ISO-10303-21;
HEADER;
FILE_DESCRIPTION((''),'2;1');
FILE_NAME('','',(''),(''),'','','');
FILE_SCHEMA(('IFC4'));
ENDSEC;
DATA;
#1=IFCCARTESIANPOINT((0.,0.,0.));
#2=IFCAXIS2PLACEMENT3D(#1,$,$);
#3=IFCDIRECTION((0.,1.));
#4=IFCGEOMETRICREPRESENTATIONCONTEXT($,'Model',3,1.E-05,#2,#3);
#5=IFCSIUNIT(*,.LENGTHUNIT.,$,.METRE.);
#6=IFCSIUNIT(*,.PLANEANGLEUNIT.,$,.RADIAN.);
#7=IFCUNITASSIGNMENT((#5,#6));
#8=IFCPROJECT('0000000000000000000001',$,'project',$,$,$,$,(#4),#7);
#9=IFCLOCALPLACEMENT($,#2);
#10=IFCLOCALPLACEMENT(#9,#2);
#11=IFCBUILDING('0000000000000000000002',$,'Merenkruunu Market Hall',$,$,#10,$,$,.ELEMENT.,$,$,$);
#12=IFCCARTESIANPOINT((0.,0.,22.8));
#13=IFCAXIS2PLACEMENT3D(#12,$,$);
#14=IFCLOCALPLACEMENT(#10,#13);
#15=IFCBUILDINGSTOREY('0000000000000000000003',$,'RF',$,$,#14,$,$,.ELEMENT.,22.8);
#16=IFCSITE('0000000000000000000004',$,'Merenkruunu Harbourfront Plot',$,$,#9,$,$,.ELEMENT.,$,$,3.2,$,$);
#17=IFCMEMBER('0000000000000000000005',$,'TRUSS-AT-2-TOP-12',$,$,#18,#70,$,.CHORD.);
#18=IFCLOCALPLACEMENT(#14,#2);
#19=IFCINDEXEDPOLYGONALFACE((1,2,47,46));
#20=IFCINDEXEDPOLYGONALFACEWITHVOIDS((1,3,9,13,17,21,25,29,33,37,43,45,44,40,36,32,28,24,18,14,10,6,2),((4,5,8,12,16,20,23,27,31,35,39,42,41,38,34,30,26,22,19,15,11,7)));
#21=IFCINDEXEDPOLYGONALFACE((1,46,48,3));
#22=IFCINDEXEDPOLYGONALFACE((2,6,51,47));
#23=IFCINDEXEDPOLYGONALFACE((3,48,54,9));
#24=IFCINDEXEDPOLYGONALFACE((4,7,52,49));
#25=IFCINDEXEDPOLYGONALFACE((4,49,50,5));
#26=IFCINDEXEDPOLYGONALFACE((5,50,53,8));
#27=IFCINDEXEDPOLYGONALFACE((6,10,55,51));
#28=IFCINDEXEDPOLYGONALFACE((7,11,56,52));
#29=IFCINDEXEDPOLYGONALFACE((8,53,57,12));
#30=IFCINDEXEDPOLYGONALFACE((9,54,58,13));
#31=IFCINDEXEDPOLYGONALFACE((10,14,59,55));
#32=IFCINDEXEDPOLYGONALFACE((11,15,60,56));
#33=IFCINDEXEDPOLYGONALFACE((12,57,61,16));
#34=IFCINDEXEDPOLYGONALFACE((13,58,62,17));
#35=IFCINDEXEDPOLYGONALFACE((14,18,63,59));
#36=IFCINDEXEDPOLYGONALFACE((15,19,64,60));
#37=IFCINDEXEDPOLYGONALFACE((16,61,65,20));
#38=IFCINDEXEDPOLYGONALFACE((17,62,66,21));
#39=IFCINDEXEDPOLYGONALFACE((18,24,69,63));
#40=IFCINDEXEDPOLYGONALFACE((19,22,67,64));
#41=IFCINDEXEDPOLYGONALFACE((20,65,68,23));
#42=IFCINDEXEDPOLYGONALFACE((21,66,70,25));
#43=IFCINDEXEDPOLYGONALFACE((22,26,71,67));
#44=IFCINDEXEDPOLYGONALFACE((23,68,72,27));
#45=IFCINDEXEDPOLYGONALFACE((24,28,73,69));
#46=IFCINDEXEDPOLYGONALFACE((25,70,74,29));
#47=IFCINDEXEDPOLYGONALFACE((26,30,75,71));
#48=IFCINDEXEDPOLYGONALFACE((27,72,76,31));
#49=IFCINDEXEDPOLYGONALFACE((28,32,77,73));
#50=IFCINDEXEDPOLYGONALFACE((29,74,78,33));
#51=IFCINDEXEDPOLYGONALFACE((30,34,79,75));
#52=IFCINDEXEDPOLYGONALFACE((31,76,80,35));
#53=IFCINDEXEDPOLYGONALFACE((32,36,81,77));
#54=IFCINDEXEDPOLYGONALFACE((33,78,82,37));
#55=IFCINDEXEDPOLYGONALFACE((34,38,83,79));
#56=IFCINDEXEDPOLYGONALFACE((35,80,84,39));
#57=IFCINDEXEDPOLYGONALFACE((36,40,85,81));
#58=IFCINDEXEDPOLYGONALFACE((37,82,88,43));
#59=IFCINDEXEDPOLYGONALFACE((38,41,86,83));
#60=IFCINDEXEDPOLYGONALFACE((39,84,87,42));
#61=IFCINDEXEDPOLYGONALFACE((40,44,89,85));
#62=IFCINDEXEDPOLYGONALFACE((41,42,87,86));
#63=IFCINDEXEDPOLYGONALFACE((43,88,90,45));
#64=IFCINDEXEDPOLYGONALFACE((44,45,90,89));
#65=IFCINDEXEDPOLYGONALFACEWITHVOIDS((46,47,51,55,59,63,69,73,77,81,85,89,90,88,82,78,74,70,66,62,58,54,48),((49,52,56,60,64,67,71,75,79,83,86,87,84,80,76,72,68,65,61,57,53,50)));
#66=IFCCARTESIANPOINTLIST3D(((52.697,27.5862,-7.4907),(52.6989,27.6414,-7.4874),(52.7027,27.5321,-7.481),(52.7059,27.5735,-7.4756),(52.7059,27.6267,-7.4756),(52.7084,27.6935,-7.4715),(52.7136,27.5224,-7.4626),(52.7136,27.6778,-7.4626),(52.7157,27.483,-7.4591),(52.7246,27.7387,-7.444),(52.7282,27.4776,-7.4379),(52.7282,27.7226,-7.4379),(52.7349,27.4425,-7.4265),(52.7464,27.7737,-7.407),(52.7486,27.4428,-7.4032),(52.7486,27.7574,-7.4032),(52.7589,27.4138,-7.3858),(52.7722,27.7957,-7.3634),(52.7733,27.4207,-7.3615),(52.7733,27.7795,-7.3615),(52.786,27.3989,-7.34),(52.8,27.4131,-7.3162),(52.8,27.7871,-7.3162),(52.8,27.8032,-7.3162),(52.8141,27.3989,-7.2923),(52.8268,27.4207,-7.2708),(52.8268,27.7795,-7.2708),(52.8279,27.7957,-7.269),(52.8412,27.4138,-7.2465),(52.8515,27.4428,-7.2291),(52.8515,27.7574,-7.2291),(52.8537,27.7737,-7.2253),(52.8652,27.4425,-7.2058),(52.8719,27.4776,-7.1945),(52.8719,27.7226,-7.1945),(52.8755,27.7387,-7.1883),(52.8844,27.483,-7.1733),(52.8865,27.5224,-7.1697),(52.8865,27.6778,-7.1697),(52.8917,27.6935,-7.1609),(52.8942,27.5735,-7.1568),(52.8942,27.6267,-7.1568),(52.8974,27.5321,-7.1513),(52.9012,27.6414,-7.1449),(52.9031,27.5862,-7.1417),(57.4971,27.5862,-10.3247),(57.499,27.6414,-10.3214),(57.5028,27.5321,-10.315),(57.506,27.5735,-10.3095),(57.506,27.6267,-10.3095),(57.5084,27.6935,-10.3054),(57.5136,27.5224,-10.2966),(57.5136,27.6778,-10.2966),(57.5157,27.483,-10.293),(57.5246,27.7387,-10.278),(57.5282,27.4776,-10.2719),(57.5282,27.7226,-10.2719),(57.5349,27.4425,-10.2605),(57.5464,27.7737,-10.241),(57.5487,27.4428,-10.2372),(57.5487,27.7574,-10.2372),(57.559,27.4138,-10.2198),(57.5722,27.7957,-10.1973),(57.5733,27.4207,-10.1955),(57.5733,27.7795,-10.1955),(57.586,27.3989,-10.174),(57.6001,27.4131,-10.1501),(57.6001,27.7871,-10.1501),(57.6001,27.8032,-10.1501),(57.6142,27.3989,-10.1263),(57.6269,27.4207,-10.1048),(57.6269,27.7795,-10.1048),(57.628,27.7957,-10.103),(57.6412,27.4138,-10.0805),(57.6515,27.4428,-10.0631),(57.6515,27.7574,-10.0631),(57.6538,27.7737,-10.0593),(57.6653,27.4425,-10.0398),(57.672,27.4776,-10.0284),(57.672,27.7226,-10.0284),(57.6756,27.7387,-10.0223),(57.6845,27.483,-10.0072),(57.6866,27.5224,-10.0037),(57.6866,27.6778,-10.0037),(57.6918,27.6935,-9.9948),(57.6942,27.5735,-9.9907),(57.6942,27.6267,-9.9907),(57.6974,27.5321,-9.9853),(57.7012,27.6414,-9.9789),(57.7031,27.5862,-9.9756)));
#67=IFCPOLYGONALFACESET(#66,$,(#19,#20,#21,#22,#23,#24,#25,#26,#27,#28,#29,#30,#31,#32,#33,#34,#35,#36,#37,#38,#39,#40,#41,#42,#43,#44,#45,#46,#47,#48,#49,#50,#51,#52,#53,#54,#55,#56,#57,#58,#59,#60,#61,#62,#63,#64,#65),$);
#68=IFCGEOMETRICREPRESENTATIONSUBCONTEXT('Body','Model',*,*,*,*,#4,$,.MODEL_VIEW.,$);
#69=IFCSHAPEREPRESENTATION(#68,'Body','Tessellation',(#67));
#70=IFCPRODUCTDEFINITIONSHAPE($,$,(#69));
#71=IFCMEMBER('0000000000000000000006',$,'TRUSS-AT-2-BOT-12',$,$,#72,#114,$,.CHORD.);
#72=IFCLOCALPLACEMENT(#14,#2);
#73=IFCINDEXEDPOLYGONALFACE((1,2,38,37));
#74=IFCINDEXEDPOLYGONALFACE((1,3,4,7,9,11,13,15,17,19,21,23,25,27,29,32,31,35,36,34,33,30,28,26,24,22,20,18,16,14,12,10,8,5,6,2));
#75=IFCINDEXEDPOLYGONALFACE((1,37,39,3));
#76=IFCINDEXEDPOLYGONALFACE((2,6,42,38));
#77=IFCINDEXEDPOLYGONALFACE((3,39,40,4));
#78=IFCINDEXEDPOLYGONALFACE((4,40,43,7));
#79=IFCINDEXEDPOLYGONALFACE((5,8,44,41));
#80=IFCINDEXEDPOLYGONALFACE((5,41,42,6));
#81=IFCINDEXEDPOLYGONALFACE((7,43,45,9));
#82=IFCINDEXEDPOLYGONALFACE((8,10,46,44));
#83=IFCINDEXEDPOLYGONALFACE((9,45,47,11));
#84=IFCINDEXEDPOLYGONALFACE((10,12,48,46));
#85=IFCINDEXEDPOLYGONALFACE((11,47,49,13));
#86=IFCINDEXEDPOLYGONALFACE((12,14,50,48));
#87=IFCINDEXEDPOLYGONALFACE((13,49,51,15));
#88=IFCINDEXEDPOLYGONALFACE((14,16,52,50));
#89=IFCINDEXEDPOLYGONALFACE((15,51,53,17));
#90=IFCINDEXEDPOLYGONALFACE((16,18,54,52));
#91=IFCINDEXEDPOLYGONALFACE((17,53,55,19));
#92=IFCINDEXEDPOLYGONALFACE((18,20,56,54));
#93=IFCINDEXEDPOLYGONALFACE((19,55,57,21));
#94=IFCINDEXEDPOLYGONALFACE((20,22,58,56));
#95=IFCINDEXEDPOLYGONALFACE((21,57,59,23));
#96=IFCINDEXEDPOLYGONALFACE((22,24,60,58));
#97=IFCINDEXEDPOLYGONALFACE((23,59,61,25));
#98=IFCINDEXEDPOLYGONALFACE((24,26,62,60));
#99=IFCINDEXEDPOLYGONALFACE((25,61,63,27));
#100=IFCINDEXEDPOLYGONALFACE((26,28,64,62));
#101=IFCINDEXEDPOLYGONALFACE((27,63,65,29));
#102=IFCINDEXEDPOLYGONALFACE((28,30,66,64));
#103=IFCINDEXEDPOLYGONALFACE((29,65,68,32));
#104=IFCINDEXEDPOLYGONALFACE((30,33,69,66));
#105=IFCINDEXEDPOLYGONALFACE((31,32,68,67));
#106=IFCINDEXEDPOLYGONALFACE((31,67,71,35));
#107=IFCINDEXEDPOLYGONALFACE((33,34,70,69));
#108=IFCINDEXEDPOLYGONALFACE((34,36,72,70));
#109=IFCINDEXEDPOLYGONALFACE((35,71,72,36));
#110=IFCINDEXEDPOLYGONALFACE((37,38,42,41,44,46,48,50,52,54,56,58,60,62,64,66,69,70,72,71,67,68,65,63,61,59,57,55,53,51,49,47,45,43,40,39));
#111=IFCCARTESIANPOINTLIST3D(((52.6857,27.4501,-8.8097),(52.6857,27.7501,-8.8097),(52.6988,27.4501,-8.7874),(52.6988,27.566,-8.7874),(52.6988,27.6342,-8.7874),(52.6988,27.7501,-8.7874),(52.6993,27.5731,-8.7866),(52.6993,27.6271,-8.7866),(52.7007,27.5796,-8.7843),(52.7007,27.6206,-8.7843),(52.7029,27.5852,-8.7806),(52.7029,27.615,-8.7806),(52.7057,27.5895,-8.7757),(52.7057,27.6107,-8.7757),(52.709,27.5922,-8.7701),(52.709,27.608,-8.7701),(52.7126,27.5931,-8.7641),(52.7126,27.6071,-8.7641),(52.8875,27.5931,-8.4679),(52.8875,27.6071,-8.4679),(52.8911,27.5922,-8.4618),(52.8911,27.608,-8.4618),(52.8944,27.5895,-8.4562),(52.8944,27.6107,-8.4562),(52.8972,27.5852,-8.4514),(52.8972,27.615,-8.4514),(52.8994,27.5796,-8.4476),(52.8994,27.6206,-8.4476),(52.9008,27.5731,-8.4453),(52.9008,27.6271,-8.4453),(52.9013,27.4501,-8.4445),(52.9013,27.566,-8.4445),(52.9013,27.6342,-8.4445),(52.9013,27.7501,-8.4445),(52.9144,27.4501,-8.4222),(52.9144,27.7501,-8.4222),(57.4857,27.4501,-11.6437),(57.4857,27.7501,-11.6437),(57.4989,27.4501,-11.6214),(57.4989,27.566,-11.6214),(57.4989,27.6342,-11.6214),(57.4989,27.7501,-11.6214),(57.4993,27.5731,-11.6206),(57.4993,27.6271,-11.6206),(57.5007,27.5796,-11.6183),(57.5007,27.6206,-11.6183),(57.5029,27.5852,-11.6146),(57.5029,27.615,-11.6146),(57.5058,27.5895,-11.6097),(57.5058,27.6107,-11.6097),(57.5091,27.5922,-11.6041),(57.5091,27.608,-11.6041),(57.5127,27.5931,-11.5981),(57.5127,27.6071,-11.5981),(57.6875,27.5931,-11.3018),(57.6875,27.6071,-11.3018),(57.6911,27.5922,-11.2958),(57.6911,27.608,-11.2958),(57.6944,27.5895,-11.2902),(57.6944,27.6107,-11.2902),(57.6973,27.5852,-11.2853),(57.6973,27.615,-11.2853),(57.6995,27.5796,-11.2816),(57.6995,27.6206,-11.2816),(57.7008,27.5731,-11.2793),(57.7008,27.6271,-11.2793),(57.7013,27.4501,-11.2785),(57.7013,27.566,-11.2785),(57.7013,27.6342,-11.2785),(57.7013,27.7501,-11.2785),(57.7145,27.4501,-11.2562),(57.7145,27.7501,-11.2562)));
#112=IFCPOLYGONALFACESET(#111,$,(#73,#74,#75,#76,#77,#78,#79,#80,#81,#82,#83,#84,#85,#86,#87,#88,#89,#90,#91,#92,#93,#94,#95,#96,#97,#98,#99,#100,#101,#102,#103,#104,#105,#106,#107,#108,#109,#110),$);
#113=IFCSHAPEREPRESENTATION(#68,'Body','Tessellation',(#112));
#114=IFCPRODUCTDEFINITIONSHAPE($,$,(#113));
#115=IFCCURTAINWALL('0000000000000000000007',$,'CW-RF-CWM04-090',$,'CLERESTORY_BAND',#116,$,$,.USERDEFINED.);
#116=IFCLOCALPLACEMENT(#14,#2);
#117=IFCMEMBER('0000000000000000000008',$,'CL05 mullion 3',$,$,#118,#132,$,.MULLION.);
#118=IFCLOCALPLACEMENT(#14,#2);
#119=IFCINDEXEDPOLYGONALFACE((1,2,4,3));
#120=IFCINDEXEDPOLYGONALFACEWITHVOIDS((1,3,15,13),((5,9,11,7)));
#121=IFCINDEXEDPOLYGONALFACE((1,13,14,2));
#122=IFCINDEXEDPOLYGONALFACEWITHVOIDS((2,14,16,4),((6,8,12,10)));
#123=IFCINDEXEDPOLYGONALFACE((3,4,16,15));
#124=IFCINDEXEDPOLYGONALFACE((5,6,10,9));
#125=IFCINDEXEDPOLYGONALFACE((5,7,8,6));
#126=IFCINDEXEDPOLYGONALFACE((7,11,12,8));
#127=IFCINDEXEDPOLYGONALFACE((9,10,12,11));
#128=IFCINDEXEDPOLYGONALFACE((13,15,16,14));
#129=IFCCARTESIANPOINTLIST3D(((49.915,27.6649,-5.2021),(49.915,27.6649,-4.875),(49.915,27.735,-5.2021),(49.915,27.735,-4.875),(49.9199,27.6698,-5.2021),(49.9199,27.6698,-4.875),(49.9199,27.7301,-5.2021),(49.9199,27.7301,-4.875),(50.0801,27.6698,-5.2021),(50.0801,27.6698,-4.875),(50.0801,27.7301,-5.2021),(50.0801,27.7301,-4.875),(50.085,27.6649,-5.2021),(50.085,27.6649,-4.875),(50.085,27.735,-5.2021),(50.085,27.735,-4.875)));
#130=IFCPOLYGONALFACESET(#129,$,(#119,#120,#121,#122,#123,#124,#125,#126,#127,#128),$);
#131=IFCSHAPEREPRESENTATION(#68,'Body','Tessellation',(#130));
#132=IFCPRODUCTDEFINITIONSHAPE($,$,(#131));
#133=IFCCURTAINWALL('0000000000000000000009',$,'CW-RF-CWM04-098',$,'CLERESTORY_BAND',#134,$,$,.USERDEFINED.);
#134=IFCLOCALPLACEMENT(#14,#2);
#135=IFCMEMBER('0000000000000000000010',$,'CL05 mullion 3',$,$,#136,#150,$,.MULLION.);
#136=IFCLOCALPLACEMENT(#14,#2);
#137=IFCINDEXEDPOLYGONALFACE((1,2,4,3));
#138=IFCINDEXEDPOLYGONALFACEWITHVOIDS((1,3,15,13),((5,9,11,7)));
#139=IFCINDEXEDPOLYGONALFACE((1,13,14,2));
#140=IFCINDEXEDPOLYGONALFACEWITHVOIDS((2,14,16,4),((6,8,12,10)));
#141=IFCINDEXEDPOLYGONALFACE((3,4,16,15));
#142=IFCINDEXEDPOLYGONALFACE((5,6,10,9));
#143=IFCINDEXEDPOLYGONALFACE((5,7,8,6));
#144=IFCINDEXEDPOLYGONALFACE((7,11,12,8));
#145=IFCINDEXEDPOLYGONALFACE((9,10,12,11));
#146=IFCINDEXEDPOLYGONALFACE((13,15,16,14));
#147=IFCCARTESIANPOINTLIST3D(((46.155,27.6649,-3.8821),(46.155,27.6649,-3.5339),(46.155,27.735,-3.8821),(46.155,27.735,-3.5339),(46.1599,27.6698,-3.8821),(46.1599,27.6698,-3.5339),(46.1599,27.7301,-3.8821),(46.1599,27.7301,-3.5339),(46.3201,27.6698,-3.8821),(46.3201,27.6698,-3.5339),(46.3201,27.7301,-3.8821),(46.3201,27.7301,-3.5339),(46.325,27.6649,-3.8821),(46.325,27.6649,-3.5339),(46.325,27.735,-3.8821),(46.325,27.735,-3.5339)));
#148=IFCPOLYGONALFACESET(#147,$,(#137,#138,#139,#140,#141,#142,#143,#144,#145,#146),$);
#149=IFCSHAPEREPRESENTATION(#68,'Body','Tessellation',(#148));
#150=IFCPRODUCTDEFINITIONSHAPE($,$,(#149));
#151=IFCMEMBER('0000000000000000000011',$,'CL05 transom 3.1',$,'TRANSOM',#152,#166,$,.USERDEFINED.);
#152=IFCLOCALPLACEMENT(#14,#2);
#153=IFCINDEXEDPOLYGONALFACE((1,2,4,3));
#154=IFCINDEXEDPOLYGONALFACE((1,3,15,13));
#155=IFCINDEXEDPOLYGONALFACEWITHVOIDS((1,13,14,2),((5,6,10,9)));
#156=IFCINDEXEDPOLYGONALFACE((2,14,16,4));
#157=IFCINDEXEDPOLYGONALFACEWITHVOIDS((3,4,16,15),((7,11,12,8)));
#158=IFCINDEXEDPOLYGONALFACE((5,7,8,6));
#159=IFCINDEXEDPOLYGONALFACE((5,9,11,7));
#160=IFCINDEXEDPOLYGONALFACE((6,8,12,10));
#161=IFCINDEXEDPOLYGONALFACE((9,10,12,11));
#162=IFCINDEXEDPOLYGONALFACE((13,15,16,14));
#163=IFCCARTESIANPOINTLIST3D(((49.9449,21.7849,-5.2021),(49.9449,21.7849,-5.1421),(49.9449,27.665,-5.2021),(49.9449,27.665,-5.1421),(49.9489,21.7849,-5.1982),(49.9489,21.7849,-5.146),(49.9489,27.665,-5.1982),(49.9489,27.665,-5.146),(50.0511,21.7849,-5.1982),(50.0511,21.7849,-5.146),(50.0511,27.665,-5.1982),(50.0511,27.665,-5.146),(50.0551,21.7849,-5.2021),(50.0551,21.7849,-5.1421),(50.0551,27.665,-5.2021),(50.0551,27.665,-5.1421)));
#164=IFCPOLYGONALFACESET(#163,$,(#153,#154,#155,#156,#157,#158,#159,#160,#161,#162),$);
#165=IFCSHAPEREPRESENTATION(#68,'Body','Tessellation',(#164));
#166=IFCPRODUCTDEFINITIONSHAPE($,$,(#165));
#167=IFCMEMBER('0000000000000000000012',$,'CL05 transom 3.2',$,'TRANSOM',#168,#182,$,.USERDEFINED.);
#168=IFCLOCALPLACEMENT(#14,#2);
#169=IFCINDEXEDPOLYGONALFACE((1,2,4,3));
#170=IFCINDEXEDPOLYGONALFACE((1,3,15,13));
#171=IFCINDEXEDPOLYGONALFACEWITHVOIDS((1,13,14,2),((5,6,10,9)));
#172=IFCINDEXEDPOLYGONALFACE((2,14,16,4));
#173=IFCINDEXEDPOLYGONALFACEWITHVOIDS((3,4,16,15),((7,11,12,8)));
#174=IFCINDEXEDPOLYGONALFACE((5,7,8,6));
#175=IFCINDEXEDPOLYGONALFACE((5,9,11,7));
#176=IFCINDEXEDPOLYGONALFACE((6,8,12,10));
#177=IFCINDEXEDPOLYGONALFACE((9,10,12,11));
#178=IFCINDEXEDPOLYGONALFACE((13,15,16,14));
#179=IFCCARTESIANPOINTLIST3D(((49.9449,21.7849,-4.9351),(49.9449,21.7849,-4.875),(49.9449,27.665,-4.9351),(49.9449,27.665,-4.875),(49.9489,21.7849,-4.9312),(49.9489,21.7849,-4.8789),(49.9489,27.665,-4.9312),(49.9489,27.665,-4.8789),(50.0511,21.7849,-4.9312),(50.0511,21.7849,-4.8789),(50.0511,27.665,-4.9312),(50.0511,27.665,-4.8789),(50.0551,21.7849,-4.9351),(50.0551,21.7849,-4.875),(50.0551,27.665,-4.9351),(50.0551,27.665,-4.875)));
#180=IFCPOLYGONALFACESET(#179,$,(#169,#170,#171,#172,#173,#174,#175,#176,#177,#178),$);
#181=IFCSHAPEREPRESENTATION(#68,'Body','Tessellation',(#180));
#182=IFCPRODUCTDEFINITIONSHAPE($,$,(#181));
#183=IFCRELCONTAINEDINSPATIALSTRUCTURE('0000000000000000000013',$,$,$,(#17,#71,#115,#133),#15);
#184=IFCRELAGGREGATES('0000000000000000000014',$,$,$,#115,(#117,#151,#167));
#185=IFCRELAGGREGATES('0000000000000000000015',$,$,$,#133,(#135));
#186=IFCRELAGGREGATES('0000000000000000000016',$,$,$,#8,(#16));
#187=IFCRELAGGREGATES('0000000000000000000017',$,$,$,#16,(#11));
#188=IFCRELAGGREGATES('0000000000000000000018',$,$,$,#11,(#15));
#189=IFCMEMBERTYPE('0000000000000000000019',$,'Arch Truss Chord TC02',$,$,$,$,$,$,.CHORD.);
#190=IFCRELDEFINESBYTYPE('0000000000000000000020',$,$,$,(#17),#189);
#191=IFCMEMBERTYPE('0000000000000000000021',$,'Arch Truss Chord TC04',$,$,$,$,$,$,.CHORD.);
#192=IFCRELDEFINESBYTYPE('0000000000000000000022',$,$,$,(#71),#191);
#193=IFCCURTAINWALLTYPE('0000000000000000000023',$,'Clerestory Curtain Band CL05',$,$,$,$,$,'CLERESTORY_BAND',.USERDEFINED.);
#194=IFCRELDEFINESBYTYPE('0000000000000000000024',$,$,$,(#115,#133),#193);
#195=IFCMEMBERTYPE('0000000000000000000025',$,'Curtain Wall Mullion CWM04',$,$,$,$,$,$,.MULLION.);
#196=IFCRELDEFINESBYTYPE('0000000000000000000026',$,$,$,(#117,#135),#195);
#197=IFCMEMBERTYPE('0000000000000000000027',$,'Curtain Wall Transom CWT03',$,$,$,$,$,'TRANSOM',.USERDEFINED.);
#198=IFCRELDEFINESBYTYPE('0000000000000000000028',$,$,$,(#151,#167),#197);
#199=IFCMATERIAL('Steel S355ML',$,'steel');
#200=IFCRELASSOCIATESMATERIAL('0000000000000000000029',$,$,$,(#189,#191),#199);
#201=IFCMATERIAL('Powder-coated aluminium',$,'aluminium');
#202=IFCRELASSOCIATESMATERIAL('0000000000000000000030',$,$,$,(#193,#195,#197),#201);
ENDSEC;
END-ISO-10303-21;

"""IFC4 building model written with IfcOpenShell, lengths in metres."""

from ifc_helpers import new_model, si_unit, direction, frame, origin, origin_2d, place, context, subcontext, project, spatial, hollow_rectangle, hollow_circle, i_section, extrude, material, material_profile, profile_set, type_object, element, aggregate, save


model = new_model("IFC4")

# Units and contexts
model_context = context("Model", 3, precision=1e-05, world=origin(), true_north=direction((0.0, 1.0)))
body_context = subcontext(model_context, "Body", "Model", "MODEL_VIEW")
ifc_project = project(units=[si_unit("LENGTHUNIT", "METRE"), si_unit("PLANEANGLEUNIT", "RADIAN")], contexts=[model_context])

# Site, building, storey
site_placement = place(None, origin())
site = spatial("IfcSite", under=ifc_project, at=site_placement, Name="Merenkruunu Harbourfront Plot", CompositionType="ELEMENT", RefElevation=3.2)
building_placement = place(site_placement, origin())
building = spatial("IfcBuilding", under=site, at=building_placement, Name="Merenkruunu Market Hall", CompositionType="ELEMENT")
storey_placement = place(building_placement, frame((0.0, 0.0, 22.8)))
storey = spatial("IfcBuildingStorey", under=building, at=storey_placement, Name="RF", CompositionType="ELEMENT", Elevation=22.8)

# Members
ifc_material_1 = material(Name="Steel S355ML", Category="steel")
ifc_material_profile_1 = material_profile(ifc_material_1, hollow_circle(Radius=0.2031, WallThickness=0.0161, at=origin_2d()), Name="CHS 406.4x16")
ifc_profile_set_1 = profile_set([ifc_material_profile_1], Name="Steel S355ML")
member_type_1 = type_object("IfcMemberType", Name="Arch Truss Chord TC02", PredefinedType="CHORD", material=ifc_profile_set_1)
member_1_placement = place(storey_placement, frame((52.8, 27.6001, -7.3162), z_axis=(0.861116, 0.0, -0.508409), x_axis=(0.0, 1.0, 0.0)))
element("IfcMember", 1, at=member_1_placement, inside=storey, type_object=member_type_1, Name="TRUSS-AT-2-TOP-12", PredefinedType="CHORD", context=body_context, shape_type="SweptSolid", body=[
    extrude(hollow_circle(Radius=0.2031, WallThickness=0.0161, at=origin_2d()), origin(), (0.0, 0.0, 1.0), 5.5742),
])
ifc_material_profile_2 = material_profile(ifc_material_1, i_section(OverallWidth=0.3, OverallDepth=0.45, WebThickness=0.0139, FlangeThickness=0.0259, FilletRadius=0.0271, at=origin_2d()), Name="HEB 450")
ifc_profile_set_2 = profile_set([ifc_material_profile_2], Name="Steel S355ML")
member_type_2 = type_object("IfcMemberType", Name="Arch Truss Chord TC04", PredefinedType="CHORD", material=ifc_profile_set_2)
member_2_placement = place(storey_placement, frame((52.8, 27.6001, -8.616), z_axis=(0.861116, 0.0, -0.508409), x_axis=(0.0, 1.0, 0.0)))
element("IfcMember", 2, at=member_2_placement, inside=storey, type_object=member_type_2, Name="TRUSS-AT-2-BOT-12", PredefinedType="CHORD", context=body_context, shape_type="SweptSolid", body=[
    extrude(i_section(OverallWidth=0.3, OverallDepth=0.45, WebThickness=0.0139, FlangeThickness=0.0259, FilletRadius=0.0271, at=origin_2d()), origin(), (0.0, 0.0, 1.0), 5.5742),
])

# Curtain walls, members
ifc_material_2 = material(Name="Powder-coated aluminium", Category="aluminium")
curtain_wall_type = type_object("IfcCurtainWallType", Name="Clerestory Curtain Band CL05", ElementType="CLERESTORY_BAND", PredefinedType="USERDEFINED", material=ifc_material_2)
curtain_wall_1_placement = place(storey_placement, origin())
curtain_wall_1 = element("IfcCurtainWall", 3, at=curtain_wall_1_placement, inside=storey, type_object=curtain_wall_type, Name="CW-RF-CWM04-090", ObjectType="CLERESTORY_BAND", PredefinedType="USERDEFINED")
ifc_material_profile_3 = material_profile(ifc_material_2, hollow_rectangle(XDim=0.0701, YDim=0.1699, WallThickness=0.0049, at=origin_2d()), Name="ALU 70x170x5")
ifc_profile_set_3 = profile_set([ifc_material_profile_3], Name="Powder-coated aluminium")
member_type_3 = type_object("IfcMemberType", Name="Curtain Wall Mullion CWM04", PredefinedType="MULLION", material=ifc_profile_set_3)
member_3_placement = place(storey_placement, frame((50.0, 27.7, -5.2021), z_axis=(0.0, 0.0, 1.0), x_axis=(0.0, -1.0, 0.0)))
member_3 = element("IfcMember", 4, at=member_3_placement, type_object=member_type_3, Name="CL05 mullion 3", PredefinedType="MULLION", context=body_context, shape_type="SweptSolid", body=[
    extrude(hollow_rectangle(XDim=0.0701, YDim=0.1699, WallThickness=0.0049, at=origin_2d()), origin(), (0.0, 0.0, 1.0), 0.3271),
])
curtain_wall_2_placement = place(storey_placement, origin())
curtain_wall_2 = element("IfcCurtainWall", 5, at=curtain_wall_2_placement, inside=storey, type_object=curtain_wall_type, Name="CW-RF-CWM04-098", ObjectType="CLERESTORY_BAND", PredefinedType="USERDEFINED")
member_4_placement = place(storey_placement, frame((46.24, 27.7, -3.8821), z_axis=(0.0, 0.0, 1.0), x_axis=(0.0, -1.0, 0.0)))
member_4 = element("IfcMember", 6, at=member_4_placement, type_object=member_type_3, Name="CL05 mullion 3", PredefinedType="MULLION", context=body_context, shape_type="SweptSolid", body=[
    extrude(hollow_rectangle(XDim=0.0701, YDim=0.1699, WallThickness=0.0049, at=origin_2d()), origin(), (0.0, 0.0, 1.0), 0.3481),
])

# Members
ifc_material_profile_4 = material_profile(ifc_material_2, hollow_rectangle(XDim=0.0601, YDim=0.1101, WallThickness=0.0039, at=origin_2d()), Name="ALU 60x110x4")
ifc_profile_set_4 = profile_set([ifc_material_profile_4], Name="Powder-coated aluminium")
member_type_4 = type_object("IfcMemberType", Name="Curtain Wall Transom CWT03", ElementType="TRANSOM", PredefinedType="USERDEFINED", material=ifc_profile_set_4)
member_5_placement = place(storey_placement, frame((50.0, 27.665, -5.1721), z_axis=(0.0, -1.0, 0.0), x_axis=(0.0, 0.0, 1.0)))
member_5 = element("IfcMember", 7, at=member_5_placement, type_object=member_type_4, Name="CL05 transom 3.1", ObjectType="TRANSOM", PredefinedType="USERDEFINED", context=body_context, shape_type="SweptSolid", body=[
    extrude(hollow_rectangle(XDim=0.0601, YDim=0.1101, WallThickness=0.0039, at=origin_2d()), origin(), (0.0, 0.0, 1.0), 5.8801),
])
member_6_placement = place(storey_placement, frame((50.0, 27.665, -4.905), z_axis=(0.0, -1.0, 0.0), x_axis=(0.0, 0.0, 1.0)))
member_6 = element("IfcMember", 8, at=member_6_placement, type_object=member_type_4, Name="CL05 transom 3.2", ObjectType="TRANSOM", PredefinedType="USERDEFINED", context=body_context, shape_type="SweptSolid", body=[
    extrude(hollow_rectangle(XDim=0.0601, YDim=0.1101, WallThickness=0.0039, at=origin_2d()), origin(), (0.0, 0.0, 1.0), 5.8801),
])

aggregate(curtain_wall_1, [member_3, member_5, member_6])
aggregate(curtain_wall_2, [member_4])

save(model, "model.ifc")
